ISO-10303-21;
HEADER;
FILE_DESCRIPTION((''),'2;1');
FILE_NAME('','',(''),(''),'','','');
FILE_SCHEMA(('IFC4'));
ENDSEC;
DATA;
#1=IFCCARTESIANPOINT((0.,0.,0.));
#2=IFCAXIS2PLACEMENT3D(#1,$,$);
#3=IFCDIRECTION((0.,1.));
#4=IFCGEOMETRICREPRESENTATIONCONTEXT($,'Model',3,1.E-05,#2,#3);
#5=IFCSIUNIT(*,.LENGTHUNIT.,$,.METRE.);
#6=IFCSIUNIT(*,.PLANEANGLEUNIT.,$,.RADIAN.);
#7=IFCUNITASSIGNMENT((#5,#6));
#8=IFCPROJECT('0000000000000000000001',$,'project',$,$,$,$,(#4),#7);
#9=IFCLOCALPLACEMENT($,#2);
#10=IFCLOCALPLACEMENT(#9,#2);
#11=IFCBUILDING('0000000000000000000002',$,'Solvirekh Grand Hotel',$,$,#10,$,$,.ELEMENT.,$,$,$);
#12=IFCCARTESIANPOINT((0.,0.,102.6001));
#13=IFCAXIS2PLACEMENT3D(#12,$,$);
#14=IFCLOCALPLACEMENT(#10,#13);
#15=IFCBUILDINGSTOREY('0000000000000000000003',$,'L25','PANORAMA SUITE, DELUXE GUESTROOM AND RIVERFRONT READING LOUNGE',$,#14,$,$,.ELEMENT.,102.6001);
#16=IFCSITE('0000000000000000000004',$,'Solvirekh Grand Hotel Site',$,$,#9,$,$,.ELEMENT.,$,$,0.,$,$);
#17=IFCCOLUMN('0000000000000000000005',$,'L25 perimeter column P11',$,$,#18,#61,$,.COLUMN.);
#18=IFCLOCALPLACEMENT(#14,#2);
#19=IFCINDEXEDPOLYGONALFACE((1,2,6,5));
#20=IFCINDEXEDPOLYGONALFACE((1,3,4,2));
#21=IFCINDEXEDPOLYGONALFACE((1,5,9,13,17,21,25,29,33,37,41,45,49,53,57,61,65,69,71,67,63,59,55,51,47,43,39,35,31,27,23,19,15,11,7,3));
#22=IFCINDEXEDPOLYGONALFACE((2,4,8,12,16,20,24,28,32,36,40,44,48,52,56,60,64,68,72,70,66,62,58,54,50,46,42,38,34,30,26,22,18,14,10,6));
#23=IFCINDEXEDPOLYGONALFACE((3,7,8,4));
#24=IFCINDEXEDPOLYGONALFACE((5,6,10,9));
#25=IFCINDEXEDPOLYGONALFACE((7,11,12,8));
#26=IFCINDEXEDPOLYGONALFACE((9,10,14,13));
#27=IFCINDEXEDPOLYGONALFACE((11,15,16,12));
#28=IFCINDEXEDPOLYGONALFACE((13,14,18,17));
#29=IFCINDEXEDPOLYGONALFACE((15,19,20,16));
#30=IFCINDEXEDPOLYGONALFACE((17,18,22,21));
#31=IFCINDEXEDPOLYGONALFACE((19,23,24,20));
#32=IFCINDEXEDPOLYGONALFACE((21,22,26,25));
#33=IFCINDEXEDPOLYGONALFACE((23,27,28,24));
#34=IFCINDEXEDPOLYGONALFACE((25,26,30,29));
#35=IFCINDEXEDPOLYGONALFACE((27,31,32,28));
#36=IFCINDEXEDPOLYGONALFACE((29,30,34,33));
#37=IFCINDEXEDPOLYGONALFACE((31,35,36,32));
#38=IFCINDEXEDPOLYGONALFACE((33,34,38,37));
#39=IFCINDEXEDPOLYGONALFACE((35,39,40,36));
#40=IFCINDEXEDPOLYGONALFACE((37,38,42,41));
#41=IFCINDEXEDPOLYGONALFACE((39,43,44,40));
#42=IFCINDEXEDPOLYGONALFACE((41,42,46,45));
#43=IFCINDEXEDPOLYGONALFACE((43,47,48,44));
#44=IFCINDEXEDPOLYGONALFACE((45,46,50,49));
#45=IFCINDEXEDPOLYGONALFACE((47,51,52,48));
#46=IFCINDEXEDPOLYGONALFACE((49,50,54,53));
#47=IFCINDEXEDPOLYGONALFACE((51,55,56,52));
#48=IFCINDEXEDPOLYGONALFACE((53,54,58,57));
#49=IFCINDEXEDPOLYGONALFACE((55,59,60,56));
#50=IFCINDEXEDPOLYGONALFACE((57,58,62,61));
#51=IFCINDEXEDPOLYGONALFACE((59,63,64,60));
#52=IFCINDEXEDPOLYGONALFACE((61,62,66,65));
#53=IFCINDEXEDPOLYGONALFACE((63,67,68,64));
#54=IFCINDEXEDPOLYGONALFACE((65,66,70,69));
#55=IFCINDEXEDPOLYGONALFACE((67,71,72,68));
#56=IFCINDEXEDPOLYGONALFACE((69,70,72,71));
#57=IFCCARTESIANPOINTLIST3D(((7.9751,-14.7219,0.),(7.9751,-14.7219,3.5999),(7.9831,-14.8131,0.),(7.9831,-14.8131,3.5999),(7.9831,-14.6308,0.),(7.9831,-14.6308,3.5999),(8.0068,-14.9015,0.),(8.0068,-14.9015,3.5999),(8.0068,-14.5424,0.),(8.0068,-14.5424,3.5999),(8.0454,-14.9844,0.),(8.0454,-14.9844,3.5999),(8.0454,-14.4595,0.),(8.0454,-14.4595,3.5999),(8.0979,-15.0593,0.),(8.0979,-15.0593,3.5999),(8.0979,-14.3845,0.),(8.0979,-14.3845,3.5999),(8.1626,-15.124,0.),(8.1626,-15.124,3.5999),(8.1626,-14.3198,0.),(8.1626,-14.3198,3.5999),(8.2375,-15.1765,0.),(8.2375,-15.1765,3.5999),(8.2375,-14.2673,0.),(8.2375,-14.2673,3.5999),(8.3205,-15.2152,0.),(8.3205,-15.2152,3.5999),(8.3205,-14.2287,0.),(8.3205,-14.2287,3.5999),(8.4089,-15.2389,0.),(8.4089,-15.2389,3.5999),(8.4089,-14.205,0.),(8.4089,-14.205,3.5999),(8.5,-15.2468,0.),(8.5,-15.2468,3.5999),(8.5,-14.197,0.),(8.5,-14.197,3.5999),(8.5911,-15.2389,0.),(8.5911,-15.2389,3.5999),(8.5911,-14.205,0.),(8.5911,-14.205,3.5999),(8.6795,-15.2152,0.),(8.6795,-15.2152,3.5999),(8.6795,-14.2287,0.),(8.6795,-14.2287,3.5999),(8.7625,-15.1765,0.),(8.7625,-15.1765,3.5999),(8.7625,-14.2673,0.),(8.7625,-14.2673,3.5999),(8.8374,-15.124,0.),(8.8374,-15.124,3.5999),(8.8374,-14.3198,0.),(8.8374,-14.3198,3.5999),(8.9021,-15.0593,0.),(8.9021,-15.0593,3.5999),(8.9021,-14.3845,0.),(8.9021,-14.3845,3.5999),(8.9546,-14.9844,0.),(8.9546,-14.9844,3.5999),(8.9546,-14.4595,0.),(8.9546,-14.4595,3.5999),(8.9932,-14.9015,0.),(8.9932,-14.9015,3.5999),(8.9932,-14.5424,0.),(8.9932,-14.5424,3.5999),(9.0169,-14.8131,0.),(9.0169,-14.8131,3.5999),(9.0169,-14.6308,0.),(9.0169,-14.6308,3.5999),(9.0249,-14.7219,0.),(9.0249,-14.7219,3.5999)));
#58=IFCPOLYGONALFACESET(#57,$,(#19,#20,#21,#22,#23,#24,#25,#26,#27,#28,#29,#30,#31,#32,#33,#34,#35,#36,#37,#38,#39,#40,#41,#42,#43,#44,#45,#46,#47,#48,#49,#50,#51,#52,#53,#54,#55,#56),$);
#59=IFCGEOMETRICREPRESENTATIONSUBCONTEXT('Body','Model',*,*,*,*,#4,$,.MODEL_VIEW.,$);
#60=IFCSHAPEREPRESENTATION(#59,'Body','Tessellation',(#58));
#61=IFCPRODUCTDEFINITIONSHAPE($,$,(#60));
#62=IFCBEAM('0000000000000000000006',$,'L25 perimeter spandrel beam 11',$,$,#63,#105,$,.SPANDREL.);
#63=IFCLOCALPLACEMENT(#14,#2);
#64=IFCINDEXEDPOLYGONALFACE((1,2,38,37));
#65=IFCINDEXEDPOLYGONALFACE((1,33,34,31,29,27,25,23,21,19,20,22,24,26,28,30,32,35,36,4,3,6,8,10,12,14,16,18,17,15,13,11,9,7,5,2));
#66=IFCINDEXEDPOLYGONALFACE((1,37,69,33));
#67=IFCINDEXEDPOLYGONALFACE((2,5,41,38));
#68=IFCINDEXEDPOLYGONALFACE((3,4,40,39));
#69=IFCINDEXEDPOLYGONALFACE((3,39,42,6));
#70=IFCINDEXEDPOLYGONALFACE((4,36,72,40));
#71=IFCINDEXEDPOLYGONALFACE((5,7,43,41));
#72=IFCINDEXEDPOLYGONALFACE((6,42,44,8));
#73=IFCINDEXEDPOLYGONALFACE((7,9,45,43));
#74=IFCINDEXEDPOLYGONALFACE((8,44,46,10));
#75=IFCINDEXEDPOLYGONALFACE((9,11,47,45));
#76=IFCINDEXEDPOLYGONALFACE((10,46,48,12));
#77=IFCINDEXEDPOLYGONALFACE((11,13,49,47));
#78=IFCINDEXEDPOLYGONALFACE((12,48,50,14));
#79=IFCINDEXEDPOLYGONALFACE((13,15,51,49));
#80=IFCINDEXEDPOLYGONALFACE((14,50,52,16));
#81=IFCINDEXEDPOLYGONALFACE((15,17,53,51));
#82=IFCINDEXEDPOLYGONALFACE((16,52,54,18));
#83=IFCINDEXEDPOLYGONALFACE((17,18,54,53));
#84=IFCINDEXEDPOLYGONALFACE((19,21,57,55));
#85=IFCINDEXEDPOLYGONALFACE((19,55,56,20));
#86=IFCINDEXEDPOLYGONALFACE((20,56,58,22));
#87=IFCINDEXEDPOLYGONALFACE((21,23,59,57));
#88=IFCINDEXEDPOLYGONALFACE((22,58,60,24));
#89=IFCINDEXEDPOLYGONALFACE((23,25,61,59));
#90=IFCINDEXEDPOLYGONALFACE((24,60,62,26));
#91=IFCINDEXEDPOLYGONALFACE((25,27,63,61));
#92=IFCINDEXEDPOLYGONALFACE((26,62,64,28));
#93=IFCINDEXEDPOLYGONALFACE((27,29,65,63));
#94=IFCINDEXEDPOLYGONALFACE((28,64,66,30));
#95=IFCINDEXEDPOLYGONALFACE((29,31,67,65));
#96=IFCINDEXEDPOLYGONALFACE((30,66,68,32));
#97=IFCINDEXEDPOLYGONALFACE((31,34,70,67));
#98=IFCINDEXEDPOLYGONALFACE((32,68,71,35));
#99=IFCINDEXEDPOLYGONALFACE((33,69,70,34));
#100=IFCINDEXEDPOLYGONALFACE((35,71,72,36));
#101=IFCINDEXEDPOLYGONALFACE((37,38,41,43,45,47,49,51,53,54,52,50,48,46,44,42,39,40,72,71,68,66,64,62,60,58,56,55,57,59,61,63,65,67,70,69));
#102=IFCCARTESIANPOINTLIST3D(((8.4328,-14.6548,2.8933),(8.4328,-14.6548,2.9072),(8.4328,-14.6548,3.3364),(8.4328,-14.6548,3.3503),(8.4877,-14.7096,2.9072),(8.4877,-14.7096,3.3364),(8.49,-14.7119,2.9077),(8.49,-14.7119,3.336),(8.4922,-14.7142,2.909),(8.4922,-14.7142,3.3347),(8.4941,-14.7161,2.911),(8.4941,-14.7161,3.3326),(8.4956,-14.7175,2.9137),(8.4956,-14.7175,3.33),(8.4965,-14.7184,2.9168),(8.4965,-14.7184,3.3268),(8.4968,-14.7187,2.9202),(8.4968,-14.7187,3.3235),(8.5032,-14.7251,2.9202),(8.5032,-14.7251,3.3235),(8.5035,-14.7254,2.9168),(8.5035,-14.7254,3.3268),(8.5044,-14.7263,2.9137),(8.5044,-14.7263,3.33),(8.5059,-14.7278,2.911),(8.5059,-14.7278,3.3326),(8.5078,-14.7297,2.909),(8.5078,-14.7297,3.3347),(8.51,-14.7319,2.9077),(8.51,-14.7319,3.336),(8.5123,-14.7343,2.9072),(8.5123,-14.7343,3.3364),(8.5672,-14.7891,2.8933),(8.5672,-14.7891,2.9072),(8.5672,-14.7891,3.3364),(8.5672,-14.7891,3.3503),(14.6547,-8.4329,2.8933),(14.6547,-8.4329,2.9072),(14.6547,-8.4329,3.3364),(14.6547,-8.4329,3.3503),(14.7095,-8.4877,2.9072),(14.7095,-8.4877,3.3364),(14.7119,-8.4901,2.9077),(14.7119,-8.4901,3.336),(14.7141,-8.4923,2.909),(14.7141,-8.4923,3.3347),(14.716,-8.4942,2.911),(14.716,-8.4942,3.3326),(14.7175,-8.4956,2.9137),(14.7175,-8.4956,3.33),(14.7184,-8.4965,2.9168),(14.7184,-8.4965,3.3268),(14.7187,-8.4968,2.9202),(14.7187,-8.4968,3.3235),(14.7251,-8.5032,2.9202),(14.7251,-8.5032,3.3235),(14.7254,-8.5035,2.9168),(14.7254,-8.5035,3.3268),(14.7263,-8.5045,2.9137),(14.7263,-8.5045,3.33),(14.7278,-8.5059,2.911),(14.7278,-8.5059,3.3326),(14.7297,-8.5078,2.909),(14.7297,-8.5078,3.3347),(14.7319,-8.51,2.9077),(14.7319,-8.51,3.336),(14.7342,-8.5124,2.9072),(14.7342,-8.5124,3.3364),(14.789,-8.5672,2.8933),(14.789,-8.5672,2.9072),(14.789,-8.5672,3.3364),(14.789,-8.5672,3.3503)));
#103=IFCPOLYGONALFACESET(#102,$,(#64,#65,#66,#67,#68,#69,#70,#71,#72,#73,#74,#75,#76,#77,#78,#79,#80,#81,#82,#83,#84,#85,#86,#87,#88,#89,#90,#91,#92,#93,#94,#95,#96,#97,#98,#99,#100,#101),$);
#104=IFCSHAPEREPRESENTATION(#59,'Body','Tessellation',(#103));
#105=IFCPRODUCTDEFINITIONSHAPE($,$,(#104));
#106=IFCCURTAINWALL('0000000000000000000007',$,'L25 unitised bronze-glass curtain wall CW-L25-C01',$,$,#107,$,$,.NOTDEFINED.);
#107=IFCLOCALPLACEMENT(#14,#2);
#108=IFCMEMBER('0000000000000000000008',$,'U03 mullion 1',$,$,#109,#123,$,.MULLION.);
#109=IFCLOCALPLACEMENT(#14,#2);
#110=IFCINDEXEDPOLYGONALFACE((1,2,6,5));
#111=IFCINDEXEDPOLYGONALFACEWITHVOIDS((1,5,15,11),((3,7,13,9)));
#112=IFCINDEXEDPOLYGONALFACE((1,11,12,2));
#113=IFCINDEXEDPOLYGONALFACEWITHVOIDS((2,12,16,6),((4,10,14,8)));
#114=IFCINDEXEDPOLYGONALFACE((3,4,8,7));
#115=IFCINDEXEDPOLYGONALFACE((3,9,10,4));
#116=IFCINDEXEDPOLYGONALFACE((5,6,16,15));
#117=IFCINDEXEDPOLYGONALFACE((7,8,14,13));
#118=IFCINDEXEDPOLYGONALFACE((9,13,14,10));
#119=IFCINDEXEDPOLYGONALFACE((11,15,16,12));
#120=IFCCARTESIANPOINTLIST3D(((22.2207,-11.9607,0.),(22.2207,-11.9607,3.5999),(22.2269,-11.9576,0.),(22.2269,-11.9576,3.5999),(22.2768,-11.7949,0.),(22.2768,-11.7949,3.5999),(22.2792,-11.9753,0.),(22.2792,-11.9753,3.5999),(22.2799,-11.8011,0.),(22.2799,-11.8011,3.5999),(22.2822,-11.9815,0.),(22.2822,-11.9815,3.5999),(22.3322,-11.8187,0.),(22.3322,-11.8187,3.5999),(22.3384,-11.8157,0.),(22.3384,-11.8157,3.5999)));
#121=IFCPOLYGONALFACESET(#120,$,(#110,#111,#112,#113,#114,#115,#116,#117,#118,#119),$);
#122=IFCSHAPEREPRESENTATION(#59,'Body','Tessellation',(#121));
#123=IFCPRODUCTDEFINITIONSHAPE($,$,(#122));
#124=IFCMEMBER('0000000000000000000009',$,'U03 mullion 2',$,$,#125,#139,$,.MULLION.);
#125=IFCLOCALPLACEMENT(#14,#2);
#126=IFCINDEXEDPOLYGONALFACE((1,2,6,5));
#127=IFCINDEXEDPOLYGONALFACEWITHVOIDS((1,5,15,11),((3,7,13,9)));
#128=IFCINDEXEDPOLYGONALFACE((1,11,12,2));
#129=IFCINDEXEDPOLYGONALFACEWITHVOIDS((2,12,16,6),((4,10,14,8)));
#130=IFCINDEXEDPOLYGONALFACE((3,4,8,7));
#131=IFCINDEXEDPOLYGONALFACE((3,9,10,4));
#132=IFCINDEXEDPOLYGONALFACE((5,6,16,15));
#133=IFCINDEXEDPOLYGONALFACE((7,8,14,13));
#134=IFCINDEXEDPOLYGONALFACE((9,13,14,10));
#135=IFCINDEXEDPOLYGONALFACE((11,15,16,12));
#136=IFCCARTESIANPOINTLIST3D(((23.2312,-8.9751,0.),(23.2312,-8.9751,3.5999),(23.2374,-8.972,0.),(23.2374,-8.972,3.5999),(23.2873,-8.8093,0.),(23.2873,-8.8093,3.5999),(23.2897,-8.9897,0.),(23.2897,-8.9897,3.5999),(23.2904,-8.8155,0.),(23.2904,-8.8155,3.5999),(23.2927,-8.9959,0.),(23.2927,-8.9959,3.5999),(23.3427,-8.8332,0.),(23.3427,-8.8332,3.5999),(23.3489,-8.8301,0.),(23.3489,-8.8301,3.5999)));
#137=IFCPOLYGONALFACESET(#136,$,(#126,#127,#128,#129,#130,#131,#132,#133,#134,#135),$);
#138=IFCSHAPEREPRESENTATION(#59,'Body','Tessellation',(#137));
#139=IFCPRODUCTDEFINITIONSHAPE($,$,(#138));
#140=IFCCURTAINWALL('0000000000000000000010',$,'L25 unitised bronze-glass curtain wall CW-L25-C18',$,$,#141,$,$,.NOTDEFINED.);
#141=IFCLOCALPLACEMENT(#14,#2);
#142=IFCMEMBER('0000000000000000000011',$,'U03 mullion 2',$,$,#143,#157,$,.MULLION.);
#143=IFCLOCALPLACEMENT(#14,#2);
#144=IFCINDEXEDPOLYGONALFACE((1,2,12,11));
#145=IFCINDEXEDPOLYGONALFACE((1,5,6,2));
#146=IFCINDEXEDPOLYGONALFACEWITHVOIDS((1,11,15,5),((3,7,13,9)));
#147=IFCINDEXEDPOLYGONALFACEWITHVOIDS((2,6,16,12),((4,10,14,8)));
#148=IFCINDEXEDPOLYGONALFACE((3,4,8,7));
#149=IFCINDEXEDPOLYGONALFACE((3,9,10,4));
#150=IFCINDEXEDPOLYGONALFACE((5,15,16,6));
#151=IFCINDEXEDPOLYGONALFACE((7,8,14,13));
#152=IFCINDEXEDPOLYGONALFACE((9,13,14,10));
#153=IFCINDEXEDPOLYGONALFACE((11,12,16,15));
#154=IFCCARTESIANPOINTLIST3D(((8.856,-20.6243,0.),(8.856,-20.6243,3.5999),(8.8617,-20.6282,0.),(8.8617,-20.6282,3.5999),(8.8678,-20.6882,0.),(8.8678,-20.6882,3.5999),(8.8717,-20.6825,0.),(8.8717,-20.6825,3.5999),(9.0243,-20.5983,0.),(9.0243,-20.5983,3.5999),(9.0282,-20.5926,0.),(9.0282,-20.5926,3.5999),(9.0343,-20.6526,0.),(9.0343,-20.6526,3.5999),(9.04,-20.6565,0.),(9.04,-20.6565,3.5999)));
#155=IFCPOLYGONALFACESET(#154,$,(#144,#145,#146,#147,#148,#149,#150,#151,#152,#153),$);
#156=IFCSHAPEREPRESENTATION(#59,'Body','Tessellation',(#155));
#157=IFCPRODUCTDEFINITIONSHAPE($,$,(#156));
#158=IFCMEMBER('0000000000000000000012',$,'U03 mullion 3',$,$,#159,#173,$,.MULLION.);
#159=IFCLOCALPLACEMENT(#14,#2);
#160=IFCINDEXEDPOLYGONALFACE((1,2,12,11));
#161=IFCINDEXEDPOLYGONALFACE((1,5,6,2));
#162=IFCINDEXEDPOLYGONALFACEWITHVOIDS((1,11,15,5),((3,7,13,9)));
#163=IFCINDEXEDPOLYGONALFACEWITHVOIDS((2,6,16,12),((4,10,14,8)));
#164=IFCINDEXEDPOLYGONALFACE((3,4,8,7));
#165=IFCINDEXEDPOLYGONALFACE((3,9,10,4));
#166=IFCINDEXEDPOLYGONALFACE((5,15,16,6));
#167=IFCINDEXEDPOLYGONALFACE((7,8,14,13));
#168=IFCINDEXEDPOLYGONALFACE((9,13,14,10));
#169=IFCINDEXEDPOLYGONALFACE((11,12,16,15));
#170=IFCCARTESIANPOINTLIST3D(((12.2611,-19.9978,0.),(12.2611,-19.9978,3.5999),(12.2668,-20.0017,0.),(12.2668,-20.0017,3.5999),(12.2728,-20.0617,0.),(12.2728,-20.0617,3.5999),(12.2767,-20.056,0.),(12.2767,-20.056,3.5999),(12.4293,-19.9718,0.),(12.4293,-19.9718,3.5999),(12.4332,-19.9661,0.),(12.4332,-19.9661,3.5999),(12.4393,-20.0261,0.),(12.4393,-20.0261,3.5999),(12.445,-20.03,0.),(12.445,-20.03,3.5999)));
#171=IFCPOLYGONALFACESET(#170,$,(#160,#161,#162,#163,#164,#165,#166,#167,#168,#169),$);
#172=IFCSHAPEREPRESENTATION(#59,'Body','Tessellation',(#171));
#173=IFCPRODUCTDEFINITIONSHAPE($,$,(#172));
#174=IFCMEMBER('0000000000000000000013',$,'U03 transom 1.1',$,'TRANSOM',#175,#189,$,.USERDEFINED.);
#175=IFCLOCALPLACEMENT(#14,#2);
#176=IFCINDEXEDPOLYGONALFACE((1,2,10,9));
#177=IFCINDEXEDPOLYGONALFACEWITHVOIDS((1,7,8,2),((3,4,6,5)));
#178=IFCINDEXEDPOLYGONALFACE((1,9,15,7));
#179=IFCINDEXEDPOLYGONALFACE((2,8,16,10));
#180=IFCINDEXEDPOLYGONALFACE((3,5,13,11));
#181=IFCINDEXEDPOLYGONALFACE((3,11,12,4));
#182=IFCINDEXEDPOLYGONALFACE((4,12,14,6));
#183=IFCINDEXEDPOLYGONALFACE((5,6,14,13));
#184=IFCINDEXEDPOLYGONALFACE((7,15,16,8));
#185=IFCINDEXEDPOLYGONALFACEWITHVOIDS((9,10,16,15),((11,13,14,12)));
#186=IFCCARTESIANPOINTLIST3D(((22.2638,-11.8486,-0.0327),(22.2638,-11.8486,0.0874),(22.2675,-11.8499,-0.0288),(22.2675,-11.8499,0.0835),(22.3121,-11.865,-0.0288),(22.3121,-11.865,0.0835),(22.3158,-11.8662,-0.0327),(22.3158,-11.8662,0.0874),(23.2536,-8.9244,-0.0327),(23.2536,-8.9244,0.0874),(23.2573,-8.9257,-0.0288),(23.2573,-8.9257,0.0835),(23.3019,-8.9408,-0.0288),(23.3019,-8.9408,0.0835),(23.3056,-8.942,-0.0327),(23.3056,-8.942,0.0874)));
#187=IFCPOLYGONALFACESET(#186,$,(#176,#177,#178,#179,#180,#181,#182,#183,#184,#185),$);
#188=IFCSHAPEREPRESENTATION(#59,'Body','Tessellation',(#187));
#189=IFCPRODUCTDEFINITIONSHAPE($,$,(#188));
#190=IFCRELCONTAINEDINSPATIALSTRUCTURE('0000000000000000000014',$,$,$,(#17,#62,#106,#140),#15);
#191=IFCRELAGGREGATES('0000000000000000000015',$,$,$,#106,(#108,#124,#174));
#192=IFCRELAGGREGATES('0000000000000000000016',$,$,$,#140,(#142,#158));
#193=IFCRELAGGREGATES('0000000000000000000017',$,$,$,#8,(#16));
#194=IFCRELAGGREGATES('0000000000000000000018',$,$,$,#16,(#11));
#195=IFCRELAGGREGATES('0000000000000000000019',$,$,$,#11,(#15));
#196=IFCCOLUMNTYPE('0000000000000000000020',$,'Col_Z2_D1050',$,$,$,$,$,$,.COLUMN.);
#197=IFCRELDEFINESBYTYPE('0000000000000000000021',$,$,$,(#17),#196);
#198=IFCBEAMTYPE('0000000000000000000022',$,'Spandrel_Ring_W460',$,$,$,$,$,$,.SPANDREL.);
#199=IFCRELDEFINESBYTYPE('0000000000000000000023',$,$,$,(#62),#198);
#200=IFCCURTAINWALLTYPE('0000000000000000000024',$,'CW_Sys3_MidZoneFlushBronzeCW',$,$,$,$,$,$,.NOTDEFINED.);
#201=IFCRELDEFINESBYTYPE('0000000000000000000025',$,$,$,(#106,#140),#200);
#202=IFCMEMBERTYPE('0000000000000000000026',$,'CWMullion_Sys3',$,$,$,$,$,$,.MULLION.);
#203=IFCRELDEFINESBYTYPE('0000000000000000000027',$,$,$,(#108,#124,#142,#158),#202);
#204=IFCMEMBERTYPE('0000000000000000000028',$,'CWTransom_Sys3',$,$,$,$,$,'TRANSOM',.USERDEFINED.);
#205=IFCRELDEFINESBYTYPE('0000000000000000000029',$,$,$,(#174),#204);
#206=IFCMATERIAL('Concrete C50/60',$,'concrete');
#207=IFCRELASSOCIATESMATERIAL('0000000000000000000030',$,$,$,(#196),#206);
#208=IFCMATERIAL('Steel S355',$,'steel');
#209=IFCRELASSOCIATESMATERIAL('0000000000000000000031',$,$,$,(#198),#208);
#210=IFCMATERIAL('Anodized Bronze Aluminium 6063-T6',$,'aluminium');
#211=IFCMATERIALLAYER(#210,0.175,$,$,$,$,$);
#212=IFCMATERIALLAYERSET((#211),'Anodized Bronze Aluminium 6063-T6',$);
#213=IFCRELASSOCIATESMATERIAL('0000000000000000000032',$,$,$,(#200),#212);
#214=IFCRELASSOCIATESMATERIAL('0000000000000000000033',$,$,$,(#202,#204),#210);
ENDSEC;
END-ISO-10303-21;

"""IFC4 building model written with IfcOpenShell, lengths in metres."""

from ifc_helpers import new_model, si_unit, direction, frame, origin, origin_2d, place, context, subcontext, project, spatial, hollow_rectangle, circle, i_section, extrude, source, transform, mapped, material, layer, layer_set, material_profile, profile_set, type_object, element, aggregate, save


model = new_model("IFC4")

# Units and contexts
model_context = context("Model", 3, precision=1e-05, world=origin(), true_north=direction((0.0, 1.0)))
body_context = subcontext(model_context, "Body", "Model", "MODEL_VIEW")
ifc_project = project(units=[si_unit("LENGTHUNIT", "METRE"), si_unit("PLANEANGLEUNIT", "RADIAN")], contexts=[model_context])

# Site, building, storey
site_placement = place(None, origin())
site = spatial("IfcSite", under=ifc_project, at=site_placement, Name="Solvirekh Grand Hotel Site", CompositionType="ELEMENT", RefElevation=0.0)
building_placement = place(site_placement, origin())
building = spatial("IfcBuilding", under=site, at=building_placement, Name="Solvirekh Grand Hotel", CompositionType="ELEMENT")
storey_placement = place(building_placement, frame((0.0, 0.0, 102.6001)))
storey = spatial("IfcBuildingStorey", under=building, at=storey_placement, Name="L25", Description="PANORAMA SUITE, DELUXE GUESTROOM AND RIVERFRONT READING LOUNGE", CompositionType="ELEMENT", Elevation=102.6001)

# Column
ifc_material_1 = material(Name="Concrete C50/60", Category="concrete")
ifc_material_profile_1 = material_profile(ifc_material_1, circle(Radius=0.5249, at=origin_2d()), Name="RC CIRC D1050")
ifc_profile_set_1 = profile_set([ifc_material_profile_1], Name="Concrete C50/60")
column_type = type_object("IfcColumnType", Name="Col_Z2_D1050", PredefinedType="COLUMN", material=ifc_profile_set_1)
column_placement = place(storey_placement, frame((8.5, -14.7219, 0.0), z_axis=(0.0, 0.0, 1.0), x_axis=(1.0, 0.0, 0.0)))
element("IfcColumn", 1, at=column_placement, inside=storey, type_object=column_type, Name="L25 perimeter column P11", PredefinedType="COLUMN", context=body_context, shape_type="SweptSolid", body=[
    extrude(circle(Radius=0.5249, at=origin_2d()), origin(), (0.0, 0.0, 1.0), 3.5999),
])

# Beam
ifc_material_2 = material(Name="Steel S355", Category="steel")
ifc_material_profile_2 = material_profile(ifc_material_2, i_section(OverallWidth=0.1899, OverallDepth=0.457, WebThickness=0.009, FlangeThickness=0.0139, FilletRadius=0.0129, at=origin_2d()), Name="W460X74")
ifc_profile_set_2 = profile_set([ifc_material_profile_2], Name="Steel S355")
beam_type = type_object("IfcBeamType", Name="Spandrel_Ring_W460", PredefinedType="SPANDREL", material=ifc_profile_set_2)
beam_placement = place(storey_placement, frame((8.5, -14.7219, 3.1218), z_axis=(0.707107, 0.707107, 0.0), x_axis=(-0.707107, 0.707107, 0.0)))
element("IfcBeam", 2, at=beam_placement, inside=storey, type_object=beam_type, Name="L25 perimeter spandrel beam 11", PredefinedType="SPANDREL", context=body_context, shape_type="SweptSolid", body=[
    extrude(i_section(OverallWidth=0.1899, OverallDepth=0.457, WebThickness=0.009, FlangeThickness=0.0139, FilletRadius=0.0129, at=origin_2d()), origin(), (0.0, 0.0, 1.0), 8.7991),
])

# Curtain walls, members
ifc_material_3 = material(Name="Anodized Bronze Aluminium 6063-T6", Category="aluminium")
ifc_layer_1 = layer(ifc_material_3, 0.175)
ifc_layer_set_1 = layer_set([ifc_layer_1], Name="Anodized Bronze Aluminium 6063-T6")
curtain_wall_type = type_object("IfcCurtainWallType", Name="CW_Sys3_MidZoneFlushBronzeCW", PredefinedType="NOTDEFINED", material=ifc_layer_set_1)
curtain_wall_1_placement = place(storey_placement, origin())
curtain_wall_1 = element("IfcCurtainWall", 3, at=curtain_wall_1_placement, inside=storey, type_object=curtain_wall_type, Name="L25 unitised bronze-glass curtain wall CW-L25-C01", PredefinedType="NOTDEFINED")
ifc_material_profile_3 = material_profile(ifc_material_3, hollow_rectangle(XDim=0.0649, YDim=0.175, WallThickness=0.0049, at=origin_2d()), Name="ALU RHS 175X65X5")
ifc_profile_set_3 = profile_set([ifc_material_profile_3], Name="Anodized Bronze Aluminium 6063-T6")
member_type_1 = type_object("IfcMemberType", Name="CWMullion_Sys3", PredefinedType="MULLION", material=ifc_profile_set_3)
shared_shape_1 = source(origin(), body_context, "Body", "SweptSolid", [
    extrude(hollow_rectangle(XDim=0.0649, YDim=0.175, WallThickness=0.0049, at=origin_2d()), origin(), (0.0, 0.0, 1.0), 3.5999),
])
member_1_placement = place(storey_placement, frame((22.2795, -11.8882, 0.0), z_axis=(0.0, 0.0, 1.0), x_axis=(-0.947213, 0.320605, 0.0)))
member_1 = element("IfcMember", 4, at=member_1_placement, type_object=member_type_1, Name="U03 mullion 1", PredefinedType="MULLION", context=body_context, shape_type="MappedRepresentation", body=[
    mapped(shared_shape_1, transform((0.0, 0.0, 0.0), x_axis=(1.0, 0.0, 0.0), y_axis=(0.0, 1.0, 0.0), z_axis=(0.0, 0.0, 1.0), scale=1.0)),
])
member_2_placement = place(storey_placement, frame((23.29, -8.9026, 0.0), z_axis=(0.0, 0.0, 1.0), x_axis=(-0.947213, 0.320605, 0.0)))
member_2 = element("IfcMember", 5, at=member_2_placement, type_object=member_type_1, Name="U03 mullion 2", PredefinedType="MULLION", context=body_context, shape_type="MappedRepresentation", body=[
    mapped(shared_shape_1, transform((0.0, 0.0, 0.0), x_axis=(1.0, 0.0, 0.0), y_axis=(0.0, 1.0, 0.0), z_axis=(0.0, 0.0, 1.0), scale=1.0)),
])
curtain_wall_2_placement = place(storey_placement, origin())
curtain_wall_2 = element("IfcCurtainWall", 6, at=curtain_wall_2_placement, inside=storey, type_object=curtain_wall_type, Name="L25 unitised bronze-glass curtain wall CW-L25-C18", PredefinedType="NOTDEFINED")
member_3_placement = place(storey_placement, frame((8.948, -20.6404, 0.0), z_axis=(0.0, 0.0, 1.0), x_axis=(-0.180988, 0.983485, 0.0)))
member_3 = element("IfcMember", 7, at=member_3_placement, type_object=member_type_1, Name="U03 mullion 2", PredefinedType="MULLION", context=body_context, shape_type="MappedRepresentation", body=[
    mapped(shared_shape_1, transform((0.0, 0.0, 0.0), x_axis=(1.0, 0.0, 0.0), y_axis=(0.0, 1.0, 0.0), z_axis=(0.0, 0.0, 1.0), scale=1.0)),
])
member_4_placement = place(storey_placement, frame((12.353, -20.0139, 0.0), z_axis=(0.0, 0.0, 1.0), x_axis=(-0.180988, 0.983485, 0.0)))
member_4 = element("IfcMember", 8, at=member_4_placement, type_object=member_type_1, Name="U03 mullion 3", PredefinedType="MULLION", context=body_context, shape_type="MappedRepresentation", body=[
    mapped(shared_shape_1, transform((0.0, 0.0, 0.0), x_axis=(1.0, 0.0, 0.0), y_axis=(0.0, 1.0, 0.0), z_axis=(0.0, 0.0, 1.0), scale=1.0)),
])

# Member
ifc_material_profile_4 = material_profile(ifc_material_3, hollow_rectangle(XDim=0.0549, YDim=0.1201, WallThickness=0.0039, at=origin_2d()), Name="ALU RHS 120X55X4")
ifc_profile_set_4 = profile_set([ifc_material_profile_4], Name="Anodized Bronze Aluminium 6063-T6")
member_type_2 = type_object("IfcMemberType", Name="CWTransom_Sys3", ElementType="TRANSOM", PredefinedType="USERDEFINED", material=ifc_profile_set_4)
shared_shape_2 = source(origin(), body_context, "Body", "SweptSolid", [
    extrude(hollow_rectangle(XDim=0.0549, YDim=0.1201, WallThickness=0.0039, at=origin_2d()), origin(), (0.0, 0.0, 1.0), 3.0872),
])
member_5_placement = place(storey_placement, frame((22.2898, -11.8574, 0.0273), z_axis=(0.320614, 0.94721, 0.0), x_axis=(-0.94721, 0.320614, 0.0)))
member_5 = element("IfcMember", 9, at=member_5_placement, type_object=member_type_2, Name="U03 transom 1.1", ObjectType="TRANSOM", PredefinedType="USERDEFINED", context=body_context, shape_type="MappedRepresentation", body=[
    mapped(shared_shape_2, transform((0.0, 0.0, 0.0), x_axis=(1.0, 0.0, 0.0), y_axis=(0.0, 1.0, 0.0), z_axis=(0.0, 0.0, 1.0), scale=1.0)),
])

aggregate(curtain_wall_1, [member_1, member_2, member_5])
aggregate(curtain_wall_2, [member_3, member_4])

save(model, "model.ifc")
